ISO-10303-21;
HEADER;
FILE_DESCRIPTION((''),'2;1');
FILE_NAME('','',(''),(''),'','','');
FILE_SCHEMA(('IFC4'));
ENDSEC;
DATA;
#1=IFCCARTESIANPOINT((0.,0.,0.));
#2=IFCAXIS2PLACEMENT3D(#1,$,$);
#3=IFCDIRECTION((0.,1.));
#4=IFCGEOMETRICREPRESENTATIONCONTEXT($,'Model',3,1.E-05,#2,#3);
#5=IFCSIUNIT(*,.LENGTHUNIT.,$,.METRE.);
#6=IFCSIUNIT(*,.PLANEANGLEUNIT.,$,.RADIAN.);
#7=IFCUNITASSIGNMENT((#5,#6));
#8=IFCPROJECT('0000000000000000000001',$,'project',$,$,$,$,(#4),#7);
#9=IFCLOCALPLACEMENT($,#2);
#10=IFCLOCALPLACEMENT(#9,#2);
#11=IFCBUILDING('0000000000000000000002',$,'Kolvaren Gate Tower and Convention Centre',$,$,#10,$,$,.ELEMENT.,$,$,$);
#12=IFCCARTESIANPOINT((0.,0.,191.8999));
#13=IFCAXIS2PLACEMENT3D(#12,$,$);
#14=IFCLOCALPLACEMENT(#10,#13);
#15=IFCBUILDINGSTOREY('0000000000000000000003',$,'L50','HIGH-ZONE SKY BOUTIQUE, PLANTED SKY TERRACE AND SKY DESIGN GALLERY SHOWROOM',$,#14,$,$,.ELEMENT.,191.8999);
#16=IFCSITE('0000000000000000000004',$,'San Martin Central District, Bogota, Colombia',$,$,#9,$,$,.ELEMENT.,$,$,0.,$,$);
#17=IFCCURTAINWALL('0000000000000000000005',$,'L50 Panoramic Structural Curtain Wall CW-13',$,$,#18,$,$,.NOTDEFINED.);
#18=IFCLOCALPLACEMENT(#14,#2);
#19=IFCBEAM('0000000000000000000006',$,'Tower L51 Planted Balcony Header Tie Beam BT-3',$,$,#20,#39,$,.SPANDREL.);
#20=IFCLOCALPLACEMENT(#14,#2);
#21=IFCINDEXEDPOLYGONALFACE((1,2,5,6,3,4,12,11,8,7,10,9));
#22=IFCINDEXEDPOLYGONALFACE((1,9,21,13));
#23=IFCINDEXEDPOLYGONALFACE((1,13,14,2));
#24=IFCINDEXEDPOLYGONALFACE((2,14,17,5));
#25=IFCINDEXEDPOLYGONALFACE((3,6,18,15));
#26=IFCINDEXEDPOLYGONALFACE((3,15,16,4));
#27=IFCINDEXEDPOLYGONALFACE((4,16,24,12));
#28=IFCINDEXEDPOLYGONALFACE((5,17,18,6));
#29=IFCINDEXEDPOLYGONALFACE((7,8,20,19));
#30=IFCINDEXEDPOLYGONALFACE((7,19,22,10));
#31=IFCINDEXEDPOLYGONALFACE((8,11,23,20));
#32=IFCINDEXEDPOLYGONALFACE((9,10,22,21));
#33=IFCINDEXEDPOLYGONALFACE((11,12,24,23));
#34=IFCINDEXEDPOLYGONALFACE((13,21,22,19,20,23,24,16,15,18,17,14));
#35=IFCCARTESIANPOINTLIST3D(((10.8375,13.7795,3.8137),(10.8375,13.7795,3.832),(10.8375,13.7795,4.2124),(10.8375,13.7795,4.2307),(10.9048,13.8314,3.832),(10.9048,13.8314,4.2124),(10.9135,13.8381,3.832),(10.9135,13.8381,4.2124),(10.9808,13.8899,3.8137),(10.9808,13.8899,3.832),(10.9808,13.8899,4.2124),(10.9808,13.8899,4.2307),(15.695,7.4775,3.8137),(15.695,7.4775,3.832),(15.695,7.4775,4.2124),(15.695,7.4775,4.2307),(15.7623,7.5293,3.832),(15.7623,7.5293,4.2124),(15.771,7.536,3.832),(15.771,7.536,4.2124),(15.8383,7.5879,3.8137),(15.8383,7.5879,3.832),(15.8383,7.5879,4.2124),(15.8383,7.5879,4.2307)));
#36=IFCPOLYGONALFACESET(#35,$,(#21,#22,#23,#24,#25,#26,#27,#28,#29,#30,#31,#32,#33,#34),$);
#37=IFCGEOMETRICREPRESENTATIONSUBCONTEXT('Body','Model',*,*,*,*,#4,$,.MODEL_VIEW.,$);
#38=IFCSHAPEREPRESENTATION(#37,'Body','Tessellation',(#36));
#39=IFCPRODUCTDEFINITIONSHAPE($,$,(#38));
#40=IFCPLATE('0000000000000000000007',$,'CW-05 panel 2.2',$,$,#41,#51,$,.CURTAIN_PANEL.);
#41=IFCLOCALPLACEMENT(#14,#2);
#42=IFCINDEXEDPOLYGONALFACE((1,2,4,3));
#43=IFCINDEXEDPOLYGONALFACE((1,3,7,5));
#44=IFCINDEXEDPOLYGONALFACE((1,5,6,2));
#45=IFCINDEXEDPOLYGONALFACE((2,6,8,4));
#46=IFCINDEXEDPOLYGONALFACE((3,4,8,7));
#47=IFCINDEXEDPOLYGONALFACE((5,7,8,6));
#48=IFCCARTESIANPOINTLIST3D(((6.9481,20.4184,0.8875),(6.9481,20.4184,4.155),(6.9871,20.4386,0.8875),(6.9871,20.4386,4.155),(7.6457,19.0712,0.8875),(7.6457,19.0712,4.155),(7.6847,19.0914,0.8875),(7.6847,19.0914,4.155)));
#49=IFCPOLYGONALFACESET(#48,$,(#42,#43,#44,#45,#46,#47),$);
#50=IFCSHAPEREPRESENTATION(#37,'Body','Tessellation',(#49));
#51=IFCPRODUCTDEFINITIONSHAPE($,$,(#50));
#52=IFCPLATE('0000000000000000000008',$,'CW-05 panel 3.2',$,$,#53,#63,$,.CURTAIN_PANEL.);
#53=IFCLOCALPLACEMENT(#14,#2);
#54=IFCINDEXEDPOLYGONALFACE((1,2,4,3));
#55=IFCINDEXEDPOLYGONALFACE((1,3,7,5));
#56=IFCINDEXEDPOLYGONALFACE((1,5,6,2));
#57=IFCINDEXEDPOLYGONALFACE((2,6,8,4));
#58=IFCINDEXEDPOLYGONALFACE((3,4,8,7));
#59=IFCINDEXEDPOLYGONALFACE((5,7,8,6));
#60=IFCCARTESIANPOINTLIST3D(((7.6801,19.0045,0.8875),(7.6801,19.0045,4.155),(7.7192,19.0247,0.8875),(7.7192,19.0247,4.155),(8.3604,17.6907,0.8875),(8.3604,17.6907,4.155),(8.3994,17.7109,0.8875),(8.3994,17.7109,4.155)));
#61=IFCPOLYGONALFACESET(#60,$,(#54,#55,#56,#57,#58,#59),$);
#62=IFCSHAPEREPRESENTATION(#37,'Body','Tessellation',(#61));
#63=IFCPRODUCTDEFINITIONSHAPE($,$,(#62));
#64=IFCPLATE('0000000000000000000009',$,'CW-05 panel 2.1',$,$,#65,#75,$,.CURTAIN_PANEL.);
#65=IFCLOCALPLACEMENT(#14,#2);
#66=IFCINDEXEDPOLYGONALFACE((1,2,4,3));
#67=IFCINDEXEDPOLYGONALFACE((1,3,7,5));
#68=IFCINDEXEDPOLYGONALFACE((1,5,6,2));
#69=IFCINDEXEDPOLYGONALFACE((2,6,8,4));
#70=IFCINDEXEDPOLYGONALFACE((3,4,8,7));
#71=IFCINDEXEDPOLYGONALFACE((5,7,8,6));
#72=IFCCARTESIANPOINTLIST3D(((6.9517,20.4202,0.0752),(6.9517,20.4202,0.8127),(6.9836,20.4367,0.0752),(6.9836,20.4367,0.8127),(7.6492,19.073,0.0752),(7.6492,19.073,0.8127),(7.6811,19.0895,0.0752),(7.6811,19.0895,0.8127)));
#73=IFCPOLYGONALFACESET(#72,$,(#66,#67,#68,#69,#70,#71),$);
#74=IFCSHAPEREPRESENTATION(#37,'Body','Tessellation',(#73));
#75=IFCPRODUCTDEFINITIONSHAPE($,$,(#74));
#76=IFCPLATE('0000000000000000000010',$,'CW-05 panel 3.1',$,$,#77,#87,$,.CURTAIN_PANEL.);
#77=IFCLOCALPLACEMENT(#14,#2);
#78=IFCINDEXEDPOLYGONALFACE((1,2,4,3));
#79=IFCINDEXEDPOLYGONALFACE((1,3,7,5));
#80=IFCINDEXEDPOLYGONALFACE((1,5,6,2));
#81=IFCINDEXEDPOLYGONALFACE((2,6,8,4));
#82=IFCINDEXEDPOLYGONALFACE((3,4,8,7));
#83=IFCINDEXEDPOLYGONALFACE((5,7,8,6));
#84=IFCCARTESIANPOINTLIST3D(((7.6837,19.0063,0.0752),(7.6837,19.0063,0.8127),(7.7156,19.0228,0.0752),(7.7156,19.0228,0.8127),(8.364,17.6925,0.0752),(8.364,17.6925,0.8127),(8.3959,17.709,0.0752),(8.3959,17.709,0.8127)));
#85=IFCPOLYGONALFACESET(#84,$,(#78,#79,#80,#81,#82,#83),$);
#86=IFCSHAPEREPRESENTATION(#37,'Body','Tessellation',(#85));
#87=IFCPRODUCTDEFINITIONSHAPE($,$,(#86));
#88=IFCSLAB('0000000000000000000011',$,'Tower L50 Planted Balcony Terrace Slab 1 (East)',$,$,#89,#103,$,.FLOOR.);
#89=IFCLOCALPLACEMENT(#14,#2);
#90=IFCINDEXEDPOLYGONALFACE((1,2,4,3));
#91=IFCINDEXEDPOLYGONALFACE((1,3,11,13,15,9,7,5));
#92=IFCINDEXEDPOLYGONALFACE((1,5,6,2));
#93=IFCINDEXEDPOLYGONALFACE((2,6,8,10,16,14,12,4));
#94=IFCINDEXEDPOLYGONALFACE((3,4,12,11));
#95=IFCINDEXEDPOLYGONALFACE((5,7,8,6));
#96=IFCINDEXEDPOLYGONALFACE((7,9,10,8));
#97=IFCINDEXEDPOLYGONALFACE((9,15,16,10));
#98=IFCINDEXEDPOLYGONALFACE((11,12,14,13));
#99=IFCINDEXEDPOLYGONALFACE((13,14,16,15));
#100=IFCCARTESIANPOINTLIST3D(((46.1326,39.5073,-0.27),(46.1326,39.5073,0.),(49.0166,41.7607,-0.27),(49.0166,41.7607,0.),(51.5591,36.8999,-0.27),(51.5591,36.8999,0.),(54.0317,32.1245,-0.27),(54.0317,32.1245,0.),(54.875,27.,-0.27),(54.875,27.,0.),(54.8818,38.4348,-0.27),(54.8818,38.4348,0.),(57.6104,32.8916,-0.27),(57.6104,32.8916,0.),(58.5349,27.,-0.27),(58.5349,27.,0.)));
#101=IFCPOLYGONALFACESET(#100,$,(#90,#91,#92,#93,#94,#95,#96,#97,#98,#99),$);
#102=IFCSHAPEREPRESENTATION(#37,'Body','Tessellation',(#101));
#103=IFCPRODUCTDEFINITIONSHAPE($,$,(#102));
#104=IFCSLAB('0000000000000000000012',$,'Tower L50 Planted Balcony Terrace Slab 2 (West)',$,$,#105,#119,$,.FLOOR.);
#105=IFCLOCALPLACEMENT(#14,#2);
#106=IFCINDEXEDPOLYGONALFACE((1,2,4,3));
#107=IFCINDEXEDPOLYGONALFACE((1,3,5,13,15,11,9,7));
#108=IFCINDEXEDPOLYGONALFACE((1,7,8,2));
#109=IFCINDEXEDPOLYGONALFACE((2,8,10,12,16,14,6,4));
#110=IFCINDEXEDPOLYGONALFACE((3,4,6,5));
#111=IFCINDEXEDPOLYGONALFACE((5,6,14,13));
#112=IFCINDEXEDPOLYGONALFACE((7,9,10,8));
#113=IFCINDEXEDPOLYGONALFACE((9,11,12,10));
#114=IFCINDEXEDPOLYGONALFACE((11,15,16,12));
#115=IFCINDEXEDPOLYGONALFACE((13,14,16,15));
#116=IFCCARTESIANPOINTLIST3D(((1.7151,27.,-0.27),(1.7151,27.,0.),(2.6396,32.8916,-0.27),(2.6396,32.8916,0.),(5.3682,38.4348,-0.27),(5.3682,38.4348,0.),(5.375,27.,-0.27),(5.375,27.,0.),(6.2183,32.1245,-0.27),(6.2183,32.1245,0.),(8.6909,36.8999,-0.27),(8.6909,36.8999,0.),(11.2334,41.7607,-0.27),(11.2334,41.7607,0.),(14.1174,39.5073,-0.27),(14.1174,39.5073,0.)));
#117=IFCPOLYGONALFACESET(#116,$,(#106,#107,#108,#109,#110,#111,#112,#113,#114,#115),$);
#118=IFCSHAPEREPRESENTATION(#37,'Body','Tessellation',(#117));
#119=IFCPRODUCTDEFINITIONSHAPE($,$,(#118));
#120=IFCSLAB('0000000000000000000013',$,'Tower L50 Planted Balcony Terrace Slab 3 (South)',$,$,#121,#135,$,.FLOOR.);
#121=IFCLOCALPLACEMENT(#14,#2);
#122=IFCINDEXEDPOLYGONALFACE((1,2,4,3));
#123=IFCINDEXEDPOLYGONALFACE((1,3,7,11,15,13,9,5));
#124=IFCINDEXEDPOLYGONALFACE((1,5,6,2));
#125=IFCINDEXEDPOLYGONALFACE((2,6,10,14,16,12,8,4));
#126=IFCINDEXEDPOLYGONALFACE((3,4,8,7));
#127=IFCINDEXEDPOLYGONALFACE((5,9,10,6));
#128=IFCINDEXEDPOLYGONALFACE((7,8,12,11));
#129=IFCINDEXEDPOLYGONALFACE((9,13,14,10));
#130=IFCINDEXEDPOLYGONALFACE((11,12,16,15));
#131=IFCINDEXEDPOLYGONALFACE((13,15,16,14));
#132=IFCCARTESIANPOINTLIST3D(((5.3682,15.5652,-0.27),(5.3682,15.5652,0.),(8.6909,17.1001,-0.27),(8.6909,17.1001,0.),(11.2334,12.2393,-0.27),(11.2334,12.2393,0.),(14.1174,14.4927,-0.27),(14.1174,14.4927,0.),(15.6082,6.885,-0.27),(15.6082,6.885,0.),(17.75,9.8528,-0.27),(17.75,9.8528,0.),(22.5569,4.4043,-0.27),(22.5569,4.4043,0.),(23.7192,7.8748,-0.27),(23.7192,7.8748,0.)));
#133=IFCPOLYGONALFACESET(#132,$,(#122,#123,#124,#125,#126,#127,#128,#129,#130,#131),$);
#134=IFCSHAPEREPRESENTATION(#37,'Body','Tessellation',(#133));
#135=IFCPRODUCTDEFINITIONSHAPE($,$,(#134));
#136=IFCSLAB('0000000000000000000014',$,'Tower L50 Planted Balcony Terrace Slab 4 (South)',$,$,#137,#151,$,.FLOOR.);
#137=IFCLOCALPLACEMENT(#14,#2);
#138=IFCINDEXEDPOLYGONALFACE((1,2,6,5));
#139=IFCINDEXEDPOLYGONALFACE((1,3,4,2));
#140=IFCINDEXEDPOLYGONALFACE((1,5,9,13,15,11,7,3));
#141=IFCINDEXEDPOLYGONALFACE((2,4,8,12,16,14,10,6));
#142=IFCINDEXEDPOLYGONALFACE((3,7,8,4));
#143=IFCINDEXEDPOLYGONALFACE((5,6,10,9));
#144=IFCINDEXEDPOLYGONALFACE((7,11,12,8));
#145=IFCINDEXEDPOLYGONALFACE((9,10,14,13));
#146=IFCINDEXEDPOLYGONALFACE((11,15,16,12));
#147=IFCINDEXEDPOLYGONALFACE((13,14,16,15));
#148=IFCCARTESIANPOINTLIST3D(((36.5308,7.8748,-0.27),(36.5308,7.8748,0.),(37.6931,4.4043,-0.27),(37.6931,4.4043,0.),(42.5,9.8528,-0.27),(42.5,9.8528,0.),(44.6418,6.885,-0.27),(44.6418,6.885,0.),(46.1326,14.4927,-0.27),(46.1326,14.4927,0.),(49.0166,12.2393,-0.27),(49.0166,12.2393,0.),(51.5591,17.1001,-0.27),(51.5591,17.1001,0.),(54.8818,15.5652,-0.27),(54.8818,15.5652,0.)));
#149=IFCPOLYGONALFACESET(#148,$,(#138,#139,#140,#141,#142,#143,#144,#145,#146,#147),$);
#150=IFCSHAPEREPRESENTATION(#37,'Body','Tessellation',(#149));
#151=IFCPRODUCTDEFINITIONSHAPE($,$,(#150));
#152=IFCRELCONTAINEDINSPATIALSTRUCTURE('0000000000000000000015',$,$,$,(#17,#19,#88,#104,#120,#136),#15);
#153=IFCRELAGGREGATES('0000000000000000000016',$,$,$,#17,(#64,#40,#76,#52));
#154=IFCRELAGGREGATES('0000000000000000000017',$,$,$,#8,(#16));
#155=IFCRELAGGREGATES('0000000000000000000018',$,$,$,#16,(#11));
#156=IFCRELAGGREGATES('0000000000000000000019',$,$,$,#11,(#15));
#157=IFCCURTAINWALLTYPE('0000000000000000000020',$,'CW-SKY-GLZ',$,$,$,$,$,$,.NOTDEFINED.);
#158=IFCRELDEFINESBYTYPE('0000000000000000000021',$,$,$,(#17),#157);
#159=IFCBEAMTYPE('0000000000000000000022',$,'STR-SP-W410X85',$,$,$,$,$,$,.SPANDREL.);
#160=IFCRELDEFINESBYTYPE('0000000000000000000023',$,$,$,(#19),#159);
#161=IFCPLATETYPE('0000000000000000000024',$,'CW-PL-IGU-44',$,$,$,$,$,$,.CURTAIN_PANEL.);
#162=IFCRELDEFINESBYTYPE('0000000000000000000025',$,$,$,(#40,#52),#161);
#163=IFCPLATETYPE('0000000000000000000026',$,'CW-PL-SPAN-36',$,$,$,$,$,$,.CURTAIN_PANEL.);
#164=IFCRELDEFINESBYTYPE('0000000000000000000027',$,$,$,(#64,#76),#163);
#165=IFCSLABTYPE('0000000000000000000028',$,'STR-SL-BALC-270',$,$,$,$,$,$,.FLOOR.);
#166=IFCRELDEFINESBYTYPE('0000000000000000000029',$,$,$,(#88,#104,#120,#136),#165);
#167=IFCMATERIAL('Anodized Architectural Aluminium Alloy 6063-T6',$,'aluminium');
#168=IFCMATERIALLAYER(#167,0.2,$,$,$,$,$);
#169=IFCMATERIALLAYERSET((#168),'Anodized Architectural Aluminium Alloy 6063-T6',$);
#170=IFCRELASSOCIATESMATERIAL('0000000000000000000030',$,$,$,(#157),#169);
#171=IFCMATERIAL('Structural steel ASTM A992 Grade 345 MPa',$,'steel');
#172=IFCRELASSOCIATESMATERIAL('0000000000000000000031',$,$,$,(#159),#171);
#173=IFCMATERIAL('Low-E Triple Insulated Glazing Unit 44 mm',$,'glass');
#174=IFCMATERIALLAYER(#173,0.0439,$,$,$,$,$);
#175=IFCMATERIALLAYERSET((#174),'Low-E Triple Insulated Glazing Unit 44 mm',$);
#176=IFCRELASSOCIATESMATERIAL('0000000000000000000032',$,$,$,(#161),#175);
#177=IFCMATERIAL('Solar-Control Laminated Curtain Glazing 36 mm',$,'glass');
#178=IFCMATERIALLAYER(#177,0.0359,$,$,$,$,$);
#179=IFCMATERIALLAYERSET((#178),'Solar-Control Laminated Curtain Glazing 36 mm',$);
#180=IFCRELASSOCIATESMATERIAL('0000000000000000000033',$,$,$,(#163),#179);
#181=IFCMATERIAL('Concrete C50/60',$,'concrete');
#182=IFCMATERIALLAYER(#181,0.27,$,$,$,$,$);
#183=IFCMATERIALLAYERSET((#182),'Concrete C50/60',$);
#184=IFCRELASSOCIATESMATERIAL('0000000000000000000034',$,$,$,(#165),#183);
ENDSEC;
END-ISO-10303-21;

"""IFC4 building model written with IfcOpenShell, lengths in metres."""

from ifc_helpers import new_model, si_unit, direction, frame, origin, origin_2d, place, context, subcontext, project, spatial, polyline, rectangle, i_section, outline, extrude, material, layer, layer_set, material_profile, profile_set, type_object, element, aggregate, save


model = new_model("IFC4")

# Units and contexts
model_context = context("Model", 3, precision=1e-05, world=origin(), true_north=direction((0.0, 1.0)))
body_context = subcontext(model_context, "Body", "Model", "MODEL_VIEW")
ifc_project = project(units=[si_unit("LENGTHUNIT", "METRE"), si_unit("PLANEANGLEUNIT", "RADIAN")], contexts=[model_context])

# Site, building, storey
site_placement = place(None, origin())
site = spatial("IfcSite", under=ifc_project, at=site_placement, Name="San Martin Central District, Bogota, Colombia", CompositionType="ELEMENT", RefElevation=0.0)
building_placement = place(site_placement, origin())
building = spatial("IfcBuilding", under=site, at=building_placement, Name="Kolvaren Gate Tower and Convention Centre", CompositionType="ELEMENT")
storey_placement = place(building_placement, frame((0.0, 0.0, 191.8999)))
storey = spatial("IfcBuildingStorey", under=building, at=storey_placement, Name="L50", Description="HIGH-ZONE SKY BOUTIQUE, PLANTED SKY TERRACE AND SKY DESIGN GALLERY SHOWROOM", CompositionType="ELEMENT", Elevation=191.8999)

# Curtain wall
ifc_material_1 = material(Name="Anodized Architectural Aluminium Alloy 6063-T6", Category="aluminium")
ifc_layer_1 = layer(ifc_material_1, 0.2)
ifc_layer_set_1 = layer_set([ifc_layer_1], Name="Anodized Architectural Aluminium Alloy 6063-T6")
curtain_wall_type = type_object("IfcCurtainWallType", Name="CW-SKY-GLZ", PredefinedType="NOTDEFINED", material=ifc_layer_set_1)
curtain_wall_placement = place(storey_placement, origin())
curtain_wall = element("IfcCurtainWall", 1, at=curtain_wall_placement, inside=storey, type_object=curtain_wall_type, Name="L50 Panoramic Structural Curtain Wall CW-13", PredefinedType="NOTDEFINED")

# Beam
ifc_material_2 = material(Name="Structural steel ASTM A992 Grade 345 MPa", Category="steel")
ifc_material_profile_1 = material_profile(ifc_material_2, i_section(OverallWidth=0.1809, OverallDepth=0.417, WebThickness=0.011, FlangeThickness=0.0183, at=origin_2d()), Name="W410X85")
ifc_profile_set_1 = profile_set([ifc_material_profile_1], Name="Structural steel ASTM A992 Grade 345 MPa")
beam_type_1 = type_object("IfcBeamType", Name="STR-SP-W410X85", PredefinedType="SPANDREL", material=ifc_profile_set_1)
beam_1_placement = place(storey_placement, frame((10.9092, 13.8347, 4.0222), z_axis=(0.610479, -0.792033, 0.0), x_axis=(0.792033, 0.610479, 0.0)))
element("IfcBeam", 2, at=beam_1_placement, inside=storey, type_object=beam_type_1, Name="Tower L51 Planted Balcony Header Tie Beam BT-3", PredefinedType="SPANDREL", context=body_context, shape_type="SweptSolid", body=[
    extrude(i_section(OverallWidth=0.1809, OverallDepth=0.417, WebThickness=0.011, FlangeThickness=0.0183, at=origin_2d()), origin(), (0.0, 0.0, 1.0), 7.9568),
])

# Plates
ifc_material_3 = material(Name="Low-E Triple Insulated Glazing Unit 44 mm", Category="glass")
ifc_layer_2 = layer(ifc_material_3, 0.0439)
ifc_layer_set_2 = layer_set([ifc_layer_2], Name="Low-E Triple Insulated Glazing Unit 44 mm")
plate_type_1 = type_object("IfcPlateType", Name="CW-PL-IGU-44", PredefinedType="CURTAIN_PANEL", material=ifc_layer_set_2)
plate_1_placement = place(storey_placement, frame((7.3164, 19.7549, 0.8875), z_axis=(0.0, 0.0, 1.0), x_axis=(0.459799, -0.888023, 0.0)))
plate_1 = element("IfcPlate", 3, at=plate_1_placement, type_object=plate_type_1, Name="CW-05 panel 2.2", PredefinedType="CURTAIN_PANEL", context=body_context, shape_type="SweptSolid", body=[
    extrude(rectangle(XDim=1.5171, YDim=0.0439, at=origin_2d()), origin(), (0.0, 0.0, 1.0), 3.2676),
])
plate_2_placement = place(storey_placement, frame((8.0398, 18.3577, 0.8875), z_axis=(0.0, 0.0, 1.0), x_axis=(0.459799, -0.888023, 0.0)))
plate_2 = element("IfcPlate", 4, at=plate_2_placement, type_object=plate_type_1, Name="CW-05 panel 3.2", PredefinedType="CURTAIN_PANEL", context=body_context, shape_type="SweptSolid", body=[
    extrude(rectangle(XDim=1.4795, YDim=0.0439, at=origin_2d()), origin(), (0.0, 0.0, 1.0), 3.2676),
])
ifc_material_4 = material(Name="Solar-Control Laminated Curtain Glazing 36 mm", Category="glass")
ifc_layer_3 = layer(ifc_material_4, 0.0359)
ifc_layer_set_3 = layer_set([ifc_layer_3], Name="Solar-Control Laminated Curtain Glazing 36 mm")
plate_type_2 = type_object("IfcPlateType", Name="CW-PL-SPAN-36", PredefinedType="CURTAIN_PANEL", material=ifc_layer_set_3)
plate_3_placement = place(storey_placement, frame((7.3164, 19.7549, 0.0752), z_axis=(0.0, 0.0, 1.0), x_axis=(0.459799, -0.888023, 0.0)))
plate_3 = element("IfcPlate", 5, at=plate_3_placement, type_object=plate_type_2, Name="CW-05 panel 2.1", PredefinedType="CURTAIN_PANEL", context=body_context, shape_type="SweptSolid", body=[
    extrude(rectangle(XDim=1.5171, YDim=0.0359, at=origin_2d()), origin(), (0.0, 0.0, 1.0), 0.7375),
])
plate_4_placement = place(storey_placement, frame((8.0398, 18.3577, 0.0752), z_axis=(0.0, 0.0, 1.0), x_axis=(0.459799, -0.888023, 0.0)))
plate_4 = element("IfcPlate", 6, at=plate_4_placement, type_object=plate_type_2, Name="CW-05 panel 3.1", PredefinedType="CURTAIN_PANEL", context=body_context, shape_type="SweptSolid", body=[
    extrude(rectangle(XDim=1.4795, YDim=0.0359, at=origin_2d()), origin(), (0.0, 0.0, 1.0), 0.7375),
])
aggregate(curtain_wall, [plate_3, plate_1, plate_4, plate_2])

# Slabs
ifc_material_5 = material(Name="Concrete C50/60", Category="concrete")
ifc_layer_4 = layer(ifc_material_5, 0.27)
ifc_layer_set_4 = layer_set([ifc_layer_4], Name="Concrete C50/60")
slab_type_1 = type_object("IfcSlabType", Name="STR-SL-BALC-270", PredefinedType="FLOOR", material=ifc_layer_set_4)
slab_1_placement = place(storey_placement, frame((0.0, 0.0, -0.27)))
element("IfcSlab", 7, at=slab_1_placement, inside=storey, type_object=slab_type_1, Name="Tower L50 Planted Balcony Terrace Slab 1 (East)", PredefinedType="FLOOR", context=body_context, shape_type="SweptSolid", body=[
    extrude(outline(polyline([(54.875, 27.0), (54.0317, 32.1245), (51.5591, 36.8999), (46.1326, 39.5073), (49.0166, 41.7607), (54.8818, 38.4348), (57.6104, 32.8916), (58.5349, 27.0), (54.875, 27.0)])), origin(), (0.0, 0.0, 1.0), 0.27),
])
slab_2_placement = place(storey_placement, frame((0.0, 0.0, -0.27)))
element("IfcSlab", 8, at=slab_2_placement, inside=storey, type_object=slab_type_1, Name="Tower L50 Planted Balcony Terrace Slab 2 (West)", PredefinedType="FLOOR", context=body_context, shape_type="SweptSolid", body=[
    extrude(outline(polyline([(14.1174, 39.5073), (8.6909, 36.8999), (6.2183, 32.1245), (5.375, 27.0), (1.7151, 27.0), (2.6396, 32.8916), (5.3682, 38.4348), (11.2334, 41.7607), (14.1174, 39.5073)])), origin(), (0.0, 0.0, 1.0), 0.27),
])
slab_3_placement = place(storey_placement, frame((0.0, 0.0, -0.27)))
element("IfcSlab", 9, at=slab_3_placement, inside=storey, type_object=slab_type_1, Name="Tower L50 Planted Balcony Terrace Slab 3 (South)", PredefinedType="FLOOR", context=body_context, shape_type="SweptSolid", body=[
    extrude(outline(polyline([(8.6909, 17.1001), (14.1174, 14.4927), (17.75, 9.8528), (23.7192, 7.8748), (22.5569, 4.4043), (15.6082, 6.885), (11.2334, 12.2393), (5.3682, 15.5652), (8.6909, 17.1001)])), origin(), (0.0, 0.0, 1.0), 0.27),
])
slab_4_placement = place(storey_placement, frame((0.0, 0.0, -0.27)))
element("IfcSlab", 10, at=slab_4_placement, inside=storey, type_object=slab_type_1, Name="Tower L50 Planted Balcony Terrace Slab 4 (South)", PredefinedType="FLOOR", context=body_context, shape_type="SweptSolid", body=[
    extrude(outline(polyline([(36.5308, 7.8748), (42.5, 9.8528), (46.1326, 14.4927), (51.5591, 17.1001), (54.8818, 15.5652), (49.0166, 12.2393), (44.6418, 6.885), (37.6931, 4.4043), (36.5308, 7.8748)])), origin(), (0.0, 0.0, 1.0), 0.27),
])

save(model, "model.ifc")
